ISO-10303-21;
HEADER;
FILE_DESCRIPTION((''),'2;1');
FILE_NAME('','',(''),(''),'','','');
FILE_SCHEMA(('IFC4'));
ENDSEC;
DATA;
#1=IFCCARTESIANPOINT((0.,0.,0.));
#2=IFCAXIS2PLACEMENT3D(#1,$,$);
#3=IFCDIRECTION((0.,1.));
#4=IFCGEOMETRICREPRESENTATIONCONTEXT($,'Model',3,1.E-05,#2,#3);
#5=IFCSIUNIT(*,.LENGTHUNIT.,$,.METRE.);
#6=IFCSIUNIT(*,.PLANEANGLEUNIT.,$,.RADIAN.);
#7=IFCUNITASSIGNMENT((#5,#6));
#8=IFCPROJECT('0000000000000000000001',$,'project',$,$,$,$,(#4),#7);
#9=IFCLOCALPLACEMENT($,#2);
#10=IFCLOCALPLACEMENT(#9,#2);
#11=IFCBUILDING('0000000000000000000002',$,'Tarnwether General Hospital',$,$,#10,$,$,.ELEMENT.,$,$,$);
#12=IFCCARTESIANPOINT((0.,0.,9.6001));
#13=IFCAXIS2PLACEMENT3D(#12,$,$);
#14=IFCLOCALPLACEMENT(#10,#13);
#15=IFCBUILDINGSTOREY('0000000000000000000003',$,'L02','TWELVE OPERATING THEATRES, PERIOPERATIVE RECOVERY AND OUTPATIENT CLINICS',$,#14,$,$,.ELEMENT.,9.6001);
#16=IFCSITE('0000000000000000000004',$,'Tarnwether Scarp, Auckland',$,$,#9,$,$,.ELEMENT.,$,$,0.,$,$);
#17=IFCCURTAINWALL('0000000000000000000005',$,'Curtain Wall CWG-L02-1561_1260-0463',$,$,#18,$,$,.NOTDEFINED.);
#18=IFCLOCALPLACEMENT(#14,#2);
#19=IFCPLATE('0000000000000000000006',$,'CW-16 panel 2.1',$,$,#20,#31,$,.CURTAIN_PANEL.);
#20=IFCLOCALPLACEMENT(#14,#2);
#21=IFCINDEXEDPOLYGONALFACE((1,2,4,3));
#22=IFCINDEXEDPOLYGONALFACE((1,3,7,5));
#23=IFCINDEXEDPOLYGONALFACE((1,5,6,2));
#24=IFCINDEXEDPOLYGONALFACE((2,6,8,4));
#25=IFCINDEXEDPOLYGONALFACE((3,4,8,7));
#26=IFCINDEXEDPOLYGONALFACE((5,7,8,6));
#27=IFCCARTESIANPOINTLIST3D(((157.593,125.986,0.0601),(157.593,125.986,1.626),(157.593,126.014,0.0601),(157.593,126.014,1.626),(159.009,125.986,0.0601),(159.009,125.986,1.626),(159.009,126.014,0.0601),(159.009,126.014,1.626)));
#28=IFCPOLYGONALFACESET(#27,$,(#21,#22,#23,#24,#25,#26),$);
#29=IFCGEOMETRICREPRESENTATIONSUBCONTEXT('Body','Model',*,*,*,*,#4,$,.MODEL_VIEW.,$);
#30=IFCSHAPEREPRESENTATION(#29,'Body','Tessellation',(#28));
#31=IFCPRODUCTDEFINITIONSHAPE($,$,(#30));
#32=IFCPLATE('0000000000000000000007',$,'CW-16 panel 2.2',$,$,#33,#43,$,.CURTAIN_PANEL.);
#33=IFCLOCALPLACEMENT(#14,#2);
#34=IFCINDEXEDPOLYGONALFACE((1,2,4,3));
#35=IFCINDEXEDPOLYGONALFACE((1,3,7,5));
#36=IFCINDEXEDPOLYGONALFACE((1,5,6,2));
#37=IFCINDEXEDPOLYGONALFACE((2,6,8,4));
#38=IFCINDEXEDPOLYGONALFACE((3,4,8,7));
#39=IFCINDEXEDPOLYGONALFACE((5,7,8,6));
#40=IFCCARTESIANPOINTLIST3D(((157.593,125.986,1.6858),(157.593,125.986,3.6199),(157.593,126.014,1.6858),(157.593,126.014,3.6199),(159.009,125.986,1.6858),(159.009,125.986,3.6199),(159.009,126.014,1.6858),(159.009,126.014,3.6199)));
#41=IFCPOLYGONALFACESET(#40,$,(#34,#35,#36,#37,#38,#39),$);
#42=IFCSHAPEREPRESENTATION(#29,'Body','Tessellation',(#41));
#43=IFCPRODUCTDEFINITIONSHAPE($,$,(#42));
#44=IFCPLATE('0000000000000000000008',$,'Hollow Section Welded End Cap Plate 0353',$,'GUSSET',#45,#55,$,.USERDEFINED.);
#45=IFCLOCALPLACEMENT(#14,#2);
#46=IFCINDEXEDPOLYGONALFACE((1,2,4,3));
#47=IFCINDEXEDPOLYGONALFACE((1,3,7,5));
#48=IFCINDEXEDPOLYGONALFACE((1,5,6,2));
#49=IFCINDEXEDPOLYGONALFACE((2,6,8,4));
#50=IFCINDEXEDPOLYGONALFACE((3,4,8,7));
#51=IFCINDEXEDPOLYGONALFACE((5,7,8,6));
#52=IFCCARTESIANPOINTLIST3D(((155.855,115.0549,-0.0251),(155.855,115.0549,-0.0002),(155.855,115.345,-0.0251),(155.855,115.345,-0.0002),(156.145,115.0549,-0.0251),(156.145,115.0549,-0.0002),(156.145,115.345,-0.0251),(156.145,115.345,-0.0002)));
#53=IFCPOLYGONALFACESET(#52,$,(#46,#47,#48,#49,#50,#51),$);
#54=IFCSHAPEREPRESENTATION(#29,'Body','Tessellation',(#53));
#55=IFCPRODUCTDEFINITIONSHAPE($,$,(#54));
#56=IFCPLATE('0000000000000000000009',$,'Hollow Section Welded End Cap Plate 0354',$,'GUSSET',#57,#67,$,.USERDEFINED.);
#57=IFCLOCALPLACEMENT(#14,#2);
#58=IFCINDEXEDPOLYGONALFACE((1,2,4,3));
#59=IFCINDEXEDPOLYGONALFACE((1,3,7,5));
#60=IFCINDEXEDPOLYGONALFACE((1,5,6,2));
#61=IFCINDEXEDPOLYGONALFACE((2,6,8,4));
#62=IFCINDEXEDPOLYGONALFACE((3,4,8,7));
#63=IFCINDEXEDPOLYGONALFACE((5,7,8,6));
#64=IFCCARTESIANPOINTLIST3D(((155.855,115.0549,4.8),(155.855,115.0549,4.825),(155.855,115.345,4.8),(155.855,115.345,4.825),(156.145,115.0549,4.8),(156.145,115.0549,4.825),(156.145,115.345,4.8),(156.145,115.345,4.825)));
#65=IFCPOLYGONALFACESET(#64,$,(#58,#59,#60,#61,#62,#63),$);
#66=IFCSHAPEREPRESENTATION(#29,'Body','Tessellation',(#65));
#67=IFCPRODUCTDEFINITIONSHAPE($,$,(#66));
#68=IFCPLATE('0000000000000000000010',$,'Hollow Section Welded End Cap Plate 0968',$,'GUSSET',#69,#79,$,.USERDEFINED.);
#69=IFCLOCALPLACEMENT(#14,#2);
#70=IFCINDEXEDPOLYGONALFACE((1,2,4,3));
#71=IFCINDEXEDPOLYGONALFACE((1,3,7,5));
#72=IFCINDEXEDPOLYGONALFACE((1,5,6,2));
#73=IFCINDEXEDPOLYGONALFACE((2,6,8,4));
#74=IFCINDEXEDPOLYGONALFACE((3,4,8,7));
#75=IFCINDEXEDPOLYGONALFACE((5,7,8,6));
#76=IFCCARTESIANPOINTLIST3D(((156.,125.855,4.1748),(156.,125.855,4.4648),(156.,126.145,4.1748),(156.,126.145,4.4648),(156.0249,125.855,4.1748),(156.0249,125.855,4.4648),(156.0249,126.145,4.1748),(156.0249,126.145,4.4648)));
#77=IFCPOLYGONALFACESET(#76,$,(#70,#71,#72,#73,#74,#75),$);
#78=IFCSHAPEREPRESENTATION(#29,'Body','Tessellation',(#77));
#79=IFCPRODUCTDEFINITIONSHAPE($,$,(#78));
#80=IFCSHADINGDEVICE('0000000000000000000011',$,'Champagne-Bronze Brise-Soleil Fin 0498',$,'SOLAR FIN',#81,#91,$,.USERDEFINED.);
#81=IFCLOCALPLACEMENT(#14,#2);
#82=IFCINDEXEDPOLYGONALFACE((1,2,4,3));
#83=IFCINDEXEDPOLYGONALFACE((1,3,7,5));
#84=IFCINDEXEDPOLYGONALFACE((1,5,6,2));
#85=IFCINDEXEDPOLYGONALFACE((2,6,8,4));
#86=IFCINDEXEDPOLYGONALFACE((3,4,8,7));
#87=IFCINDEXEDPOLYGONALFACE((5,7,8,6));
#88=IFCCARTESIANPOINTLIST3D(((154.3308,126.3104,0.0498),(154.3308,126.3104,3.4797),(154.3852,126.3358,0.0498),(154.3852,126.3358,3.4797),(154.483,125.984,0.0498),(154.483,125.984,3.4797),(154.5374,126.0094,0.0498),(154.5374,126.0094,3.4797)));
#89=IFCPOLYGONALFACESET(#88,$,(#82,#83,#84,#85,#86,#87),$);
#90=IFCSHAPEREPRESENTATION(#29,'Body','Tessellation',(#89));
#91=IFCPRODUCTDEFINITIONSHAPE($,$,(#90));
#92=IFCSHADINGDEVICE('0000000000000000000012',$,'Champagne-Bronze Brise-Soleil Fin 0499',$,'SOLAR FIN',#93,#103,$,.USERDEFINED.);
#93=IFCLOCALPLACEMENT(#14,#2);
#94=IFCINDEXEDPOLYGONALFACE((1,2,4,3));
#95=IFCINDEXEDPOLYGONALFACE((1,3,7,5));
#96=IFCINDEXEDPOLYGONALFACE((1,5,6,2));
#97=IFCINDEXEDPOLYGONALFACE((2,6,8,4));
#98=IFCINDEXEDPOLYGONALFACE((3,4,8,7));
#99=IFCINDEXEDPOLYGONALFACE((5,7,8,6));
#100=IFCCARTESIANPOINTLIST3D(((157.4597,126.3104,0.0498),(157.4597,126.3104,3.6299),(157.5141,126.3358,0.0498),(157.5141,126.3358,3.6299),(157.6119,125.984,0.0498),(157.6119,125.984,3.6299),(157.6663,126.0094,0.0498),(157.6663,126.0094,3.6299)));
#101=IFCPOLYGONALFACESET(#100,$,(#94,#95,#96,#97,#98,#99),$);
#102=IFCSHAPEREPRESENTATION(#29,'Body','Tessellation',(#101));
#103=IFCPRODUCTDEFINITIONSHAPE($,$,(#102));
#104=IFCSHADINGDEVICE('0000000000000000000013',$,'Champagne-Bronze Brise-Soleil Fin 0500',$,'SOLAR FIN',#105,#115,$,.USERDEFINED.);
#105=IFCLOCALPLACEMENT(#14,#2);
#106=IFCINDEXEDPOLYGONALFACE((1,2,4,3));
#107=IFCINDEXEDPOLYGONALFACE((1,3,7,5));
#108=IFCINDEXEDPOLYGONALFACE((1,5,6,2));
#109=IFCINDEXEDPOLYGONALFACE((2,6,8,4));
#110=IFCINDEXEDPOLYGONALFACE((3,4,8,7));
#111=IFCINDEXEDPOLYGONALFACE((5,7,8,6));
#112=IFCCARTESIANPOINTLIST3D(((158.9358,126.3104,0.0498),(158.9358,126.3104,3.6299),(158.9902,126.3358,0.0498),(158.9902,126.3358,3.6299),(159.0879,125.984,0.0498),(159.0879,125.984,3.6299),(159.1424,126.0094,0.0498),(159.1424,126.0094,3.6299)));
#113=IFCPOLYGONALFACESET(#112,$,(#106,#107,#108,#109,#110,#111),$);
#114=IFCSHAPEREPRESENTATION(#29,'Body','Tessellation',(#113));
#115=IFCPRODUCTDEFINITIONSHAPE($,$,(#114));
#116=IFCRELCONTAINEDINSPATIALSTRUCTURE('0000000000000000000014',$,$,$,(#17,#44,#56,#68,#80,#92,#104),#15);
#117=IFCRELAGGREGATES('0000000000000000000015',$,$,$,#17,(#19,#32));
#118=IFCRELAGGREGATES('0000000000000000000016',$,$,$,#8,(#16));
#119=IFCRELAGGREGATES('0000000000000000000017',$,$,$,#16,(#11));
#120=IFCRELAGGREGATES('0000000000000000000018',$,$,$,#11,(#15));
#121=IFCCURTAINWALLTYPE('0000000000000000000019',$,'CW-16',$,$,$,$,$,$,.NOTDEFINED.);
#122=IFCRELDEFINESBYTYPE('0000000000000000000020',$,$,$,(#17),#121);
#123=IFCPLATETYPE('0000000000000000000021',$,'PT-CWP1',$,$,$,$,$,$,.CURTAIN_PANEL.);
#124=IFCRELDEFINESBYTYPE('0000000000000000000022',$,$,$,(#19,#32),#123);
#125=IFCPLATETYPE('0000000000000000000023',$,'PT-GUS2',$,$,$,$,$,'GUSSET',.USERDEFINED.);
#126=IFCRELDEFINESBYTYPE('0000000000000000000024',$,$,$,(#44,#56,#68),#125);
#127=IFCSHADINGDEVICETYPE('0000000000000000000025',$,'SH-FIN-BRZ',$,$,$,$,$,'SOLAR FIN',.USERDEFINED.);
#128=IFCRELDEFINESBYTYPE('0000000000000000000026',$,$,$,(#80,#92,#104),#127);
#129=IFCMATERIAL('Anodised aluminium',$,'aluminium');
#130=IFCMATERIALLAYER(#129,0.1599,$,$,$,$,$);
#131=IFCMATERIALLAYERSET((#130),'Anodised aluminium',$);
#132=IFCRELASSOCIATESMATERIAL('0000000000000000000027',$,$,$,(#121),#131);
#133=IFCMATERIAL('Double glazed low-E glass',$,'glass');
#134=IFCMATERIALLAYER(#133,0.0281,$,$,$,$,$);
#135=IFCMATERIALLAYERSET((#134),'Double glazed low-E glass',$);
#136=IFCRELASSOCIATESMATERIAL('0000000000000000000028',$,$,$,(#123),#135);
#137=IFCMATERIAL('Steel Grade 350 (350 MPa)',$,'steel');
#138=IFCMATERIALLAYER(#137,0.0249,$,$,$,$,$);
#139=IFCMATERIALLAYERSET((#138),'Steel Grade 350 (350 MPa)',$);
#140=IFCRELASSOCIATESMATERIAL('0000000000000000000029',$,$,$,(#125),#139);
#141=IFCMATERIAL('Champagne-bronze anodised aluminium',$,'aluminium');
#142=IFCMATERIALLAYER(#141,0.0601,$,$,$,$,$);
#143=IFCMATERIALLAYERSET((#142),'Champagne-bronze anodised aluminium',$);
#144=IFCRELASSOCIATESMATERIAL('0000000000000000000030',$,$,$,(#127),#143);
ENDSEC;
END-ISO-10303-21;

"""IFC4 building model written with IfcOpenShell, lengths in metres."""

from ifc_helpers import new_model, si_unit, direction, frame, origin, origin_2d, place, context, subcontext, project, spatial, rectangle, extrude, material, layer, layer_set, type_object, element, aggregate, save


model = new_model("IFC4")

# Units and contexts
model_context = context("Model", 3, precision=1e-05, world=origin(), true_north=direction((0.0, 1.0)))
body_context = subcontext(model_context, "Body", "Model", "MODEL_VIEW")
ifc_project = project(units=[si_unit("LENGTHUNIT", "METRE"), si_unit("PLANEANGLEUNIT", "RADIAN")], contexts=[model_context])

# Site, building, storey
site_placement = place(None, origin())
site = spatial("IfcSite", under=ifc_project, at=site_placement, Name="Tarnwether Scarp, Auckland", CompositionType="ELEMENT", RefElevation=0.0)
building_placement = place(site_placement, origin())
building = spatial("IfcBuilding", under=site, at=building_placement, Name="Tarnwether General Hospital", CompositionType="ELEMENT")
storey_placement = place(building_placement, frame((0.0, 0.0, 9.6001)))
storey = spatial("IfcBuildingStorey", under=building, at=storey_placement, Name="L02", Description="TWELVE OPERATING THEATRES, PERIOPERATIVE RECOVERY AND OUTPATIENT CLINICS", CompositionType="ELEMENT", Elevation=9.6001)

# Curtain wall
ifc_material_1 = material(Name="Anodised aluminium", Category="aluminium")
ifc_layer_1 = layer(ifc_material_1, 0.1599)
ifc_layer_set_1 = layer_set([ifc_layer_1], Name="Anodised aluminium")
curtain_wall_type = type_object("IfcCurtainWallType", Name="CW-16", PredefinedType="NOTDEFINED", material=ifc_layer_set_1)
curtain_wall_1_placement = place(storey_placement, origin())
curtain_wall_1 = element("IfcCurtainWall", 1, at=curtain_wall_1_placement, inside=storey, type_object=curtain_wall_type, Name="Curtain Wall CWG-L02-1561_1260-0463", PredefinedType="NOTDEFINED")

# Plates
ifc_material_2 = material(Name="Double glazed low-E glass", Category="glass")
ifc_layer_2 = layer(ifc_material_2, 0.0281)
ifc_layer_set_2 = layer_set([ifc_layer_2], Name="Double glazed low-E glass")
plate_type_1 = type_object("IfcPlateType", Name="PT-CWP1", PredefinedType="CURTAIN_PANEL", material=ifc_layer_set_2)
plate_1_placement = place(storey_placement, frame((158.301, 126.0, 0.0601), z_axis=(0.0, 0.0, 1.0), x_axis=(1.0, 0.0, 0.0)))
plate_1 = element("IfcPlate", 2, at=plate_1_placement, type_object=plate_type_1, Name="CW-16 panel 2.1", PredefinedType="CURTAIN_PANEL", context=body_context, shape_type="SweptSolid", body=[
    extrude(rectangle(XDim=1.416, YDim=0.0281, at=origin_2d()), origin(), (0.0, 0.0, 1.0), 1.5659),
])
plate_2_placement = place(storey_placement, frame((158.301, 126.0, 1.6858), z_axis=(0.0, 0.0, 1.0), x_axis=(1.0, 0.0, 0.0)))
plate_2 = element("IfcPlate", 3, at=plate_2_placement, type_object=plate_type_1, Name="CW-16 panel 2.2", PredefinedType="CURTAIN_PANEL", context=body_context, shape_type="SweptSolid", body=[
    extrude(rectangle(XDim=1.416, YDim=0.0281, at=origin_2d()), origin(), (0.0, 0.0, 1.0), 1.9341),
])
aggregate(curtain_wall_1, [plate_1, plate_2])

# Plates
ifc_material_3 = material(Name="Steel Grade 350 (350 MPa)", Category="steel")
ifc_layer_3 = layer(ifc_material_3, 0.0249)
ifc_layer_set_3 = layer_set([ifc_layer_3], Name="Steel Grade 350 (350 MPa)")
plate_type_2 = type_object("IfcPlateType", Name="PT-GUS2", ElementType="GUSSET", PredefinedType="USERDEFINED", material=ifc_layer_set_3)
for number, where, z_axis, x_axis, name in (
    (4, (156.0, 115.2, -0.0251), (0.0, 0.0, 1.0), (1.0, 0.0, 0.0), "Hollow Section Welded End Cap Plate 0353"),
    (5, (156.0, 115.2, 4.8), (0.0, 0.0, 1.0), (1.0, 0.0, 0.0), "Hollow Section Welded End Cap Plate 0354"),
):
    element("IfcPlate", number, at=place(storey_placement, frame(where, z_axis=z_axis, x_axis=x_axis)), inside=storey, type_object=plate_type_2, Name=name, ObjectType="GUSSET", PredefinedType="USERDEFINED", context=body_context, shape_type="SweptSolid", body=[
        extrude(rectangle(XDim=0.29, YDim=0.29, at=origin_2d()), origin(), (0.0, 0.0, 1.0), 0.0249),
    ])
plate_3_placement = place(storey_placement, frame((156.0125, 126.0, 4.1748), z_axis=(0.0, 0.0, 1.0), x_axis=(1.0, 0.0, 0.0)))
element("IfcPlate", 6, at=plate_3_placement, inside=storey, type_object=plate_type_2, Name="Hollow Section Welded End Cap Plate 0968", ObjectType="GUSSET", PredefinedType="USERDEFINED", context=body_context, shape_type="SweptSolid", body=[
    extrude(rectangle(XDim=0.0249, YDim=0.29, at=origin_2d()), origin(), (0.0, 0.0, 1.0), 0.29),
])

# Shading devices
ifc_material_4 = material(Name="Champagne-bronze anodised aluminium", Category="aluminium")
ifc_layer_4 = layer(ifc_material_4, 0.0601)
ifc_layer_set_4 = layer_set([ifc_layer_4], Name="Champagne-bronze anodised aluminium")
shading_device_type = type_object("IfcShadingDeviceType", Name="SH-FIN-BRZ", ElementType="SOLAR FIN", PredefinedType="USERDEFINED", material=ifc_layer_set_4)
shading_device_placement = place(storey_placement, frame((154.4341, 126.1599, 0.0498), z_axis=(0.0, 0.0, 1.0), x_axis=(0.906308, 0.422618, 0.0)))
element("IfcShadingDevice", 7, at=shading_device_placement, inside=storey, type_object=shading_device_type, Name="Champagne-Bronze Brise-Soleil Fin 0498", ObjectType="SOLAR FIN", PredefinedType="USERDEFINED", context=body_context, shape_type="SweptSolid", body=[
    extrude(rectangle(XDim=0.0601, YDim=0.3601, at=origin_2d()), origin(), (0.0, 0.0, 1.0), 3.4299),
])
for number, where, z_axis, x_axis, name in (
    (8, (157.563, 126.1599, 0.0498), (0.0, 0.0, 1.0), (0.906308, 0.422618, 0.0), "Champagne-Bronze Brise-Soleil Fin 0499"),
    (9, (159.0391, 126.1599, 0.0498), (0.0, 0.0, 1.0), (0.906308, 0.422618, 0.0), "Champagne-Bronze Brise-Soleil Fin 0500"),
):
    element("IfcShadingDevice", number, at=place(storey_placement, frame(where, z_axis=z_axis, x_axis=x_axis)), inside=storey, type_object=shading_device_type, Name=name, ObjectType="SOLAR FIN", PredefinedType="USERDEFINED", context=body_context, shape_type="SweptSolid", body=[
        extrude(rectangle(XDim=0.0601, YDim=0.3601, at=origin_2d()), origin(), (0.0, 0.0, 1.0), 3.5801),
    ])

save(model, "model.ifc")
